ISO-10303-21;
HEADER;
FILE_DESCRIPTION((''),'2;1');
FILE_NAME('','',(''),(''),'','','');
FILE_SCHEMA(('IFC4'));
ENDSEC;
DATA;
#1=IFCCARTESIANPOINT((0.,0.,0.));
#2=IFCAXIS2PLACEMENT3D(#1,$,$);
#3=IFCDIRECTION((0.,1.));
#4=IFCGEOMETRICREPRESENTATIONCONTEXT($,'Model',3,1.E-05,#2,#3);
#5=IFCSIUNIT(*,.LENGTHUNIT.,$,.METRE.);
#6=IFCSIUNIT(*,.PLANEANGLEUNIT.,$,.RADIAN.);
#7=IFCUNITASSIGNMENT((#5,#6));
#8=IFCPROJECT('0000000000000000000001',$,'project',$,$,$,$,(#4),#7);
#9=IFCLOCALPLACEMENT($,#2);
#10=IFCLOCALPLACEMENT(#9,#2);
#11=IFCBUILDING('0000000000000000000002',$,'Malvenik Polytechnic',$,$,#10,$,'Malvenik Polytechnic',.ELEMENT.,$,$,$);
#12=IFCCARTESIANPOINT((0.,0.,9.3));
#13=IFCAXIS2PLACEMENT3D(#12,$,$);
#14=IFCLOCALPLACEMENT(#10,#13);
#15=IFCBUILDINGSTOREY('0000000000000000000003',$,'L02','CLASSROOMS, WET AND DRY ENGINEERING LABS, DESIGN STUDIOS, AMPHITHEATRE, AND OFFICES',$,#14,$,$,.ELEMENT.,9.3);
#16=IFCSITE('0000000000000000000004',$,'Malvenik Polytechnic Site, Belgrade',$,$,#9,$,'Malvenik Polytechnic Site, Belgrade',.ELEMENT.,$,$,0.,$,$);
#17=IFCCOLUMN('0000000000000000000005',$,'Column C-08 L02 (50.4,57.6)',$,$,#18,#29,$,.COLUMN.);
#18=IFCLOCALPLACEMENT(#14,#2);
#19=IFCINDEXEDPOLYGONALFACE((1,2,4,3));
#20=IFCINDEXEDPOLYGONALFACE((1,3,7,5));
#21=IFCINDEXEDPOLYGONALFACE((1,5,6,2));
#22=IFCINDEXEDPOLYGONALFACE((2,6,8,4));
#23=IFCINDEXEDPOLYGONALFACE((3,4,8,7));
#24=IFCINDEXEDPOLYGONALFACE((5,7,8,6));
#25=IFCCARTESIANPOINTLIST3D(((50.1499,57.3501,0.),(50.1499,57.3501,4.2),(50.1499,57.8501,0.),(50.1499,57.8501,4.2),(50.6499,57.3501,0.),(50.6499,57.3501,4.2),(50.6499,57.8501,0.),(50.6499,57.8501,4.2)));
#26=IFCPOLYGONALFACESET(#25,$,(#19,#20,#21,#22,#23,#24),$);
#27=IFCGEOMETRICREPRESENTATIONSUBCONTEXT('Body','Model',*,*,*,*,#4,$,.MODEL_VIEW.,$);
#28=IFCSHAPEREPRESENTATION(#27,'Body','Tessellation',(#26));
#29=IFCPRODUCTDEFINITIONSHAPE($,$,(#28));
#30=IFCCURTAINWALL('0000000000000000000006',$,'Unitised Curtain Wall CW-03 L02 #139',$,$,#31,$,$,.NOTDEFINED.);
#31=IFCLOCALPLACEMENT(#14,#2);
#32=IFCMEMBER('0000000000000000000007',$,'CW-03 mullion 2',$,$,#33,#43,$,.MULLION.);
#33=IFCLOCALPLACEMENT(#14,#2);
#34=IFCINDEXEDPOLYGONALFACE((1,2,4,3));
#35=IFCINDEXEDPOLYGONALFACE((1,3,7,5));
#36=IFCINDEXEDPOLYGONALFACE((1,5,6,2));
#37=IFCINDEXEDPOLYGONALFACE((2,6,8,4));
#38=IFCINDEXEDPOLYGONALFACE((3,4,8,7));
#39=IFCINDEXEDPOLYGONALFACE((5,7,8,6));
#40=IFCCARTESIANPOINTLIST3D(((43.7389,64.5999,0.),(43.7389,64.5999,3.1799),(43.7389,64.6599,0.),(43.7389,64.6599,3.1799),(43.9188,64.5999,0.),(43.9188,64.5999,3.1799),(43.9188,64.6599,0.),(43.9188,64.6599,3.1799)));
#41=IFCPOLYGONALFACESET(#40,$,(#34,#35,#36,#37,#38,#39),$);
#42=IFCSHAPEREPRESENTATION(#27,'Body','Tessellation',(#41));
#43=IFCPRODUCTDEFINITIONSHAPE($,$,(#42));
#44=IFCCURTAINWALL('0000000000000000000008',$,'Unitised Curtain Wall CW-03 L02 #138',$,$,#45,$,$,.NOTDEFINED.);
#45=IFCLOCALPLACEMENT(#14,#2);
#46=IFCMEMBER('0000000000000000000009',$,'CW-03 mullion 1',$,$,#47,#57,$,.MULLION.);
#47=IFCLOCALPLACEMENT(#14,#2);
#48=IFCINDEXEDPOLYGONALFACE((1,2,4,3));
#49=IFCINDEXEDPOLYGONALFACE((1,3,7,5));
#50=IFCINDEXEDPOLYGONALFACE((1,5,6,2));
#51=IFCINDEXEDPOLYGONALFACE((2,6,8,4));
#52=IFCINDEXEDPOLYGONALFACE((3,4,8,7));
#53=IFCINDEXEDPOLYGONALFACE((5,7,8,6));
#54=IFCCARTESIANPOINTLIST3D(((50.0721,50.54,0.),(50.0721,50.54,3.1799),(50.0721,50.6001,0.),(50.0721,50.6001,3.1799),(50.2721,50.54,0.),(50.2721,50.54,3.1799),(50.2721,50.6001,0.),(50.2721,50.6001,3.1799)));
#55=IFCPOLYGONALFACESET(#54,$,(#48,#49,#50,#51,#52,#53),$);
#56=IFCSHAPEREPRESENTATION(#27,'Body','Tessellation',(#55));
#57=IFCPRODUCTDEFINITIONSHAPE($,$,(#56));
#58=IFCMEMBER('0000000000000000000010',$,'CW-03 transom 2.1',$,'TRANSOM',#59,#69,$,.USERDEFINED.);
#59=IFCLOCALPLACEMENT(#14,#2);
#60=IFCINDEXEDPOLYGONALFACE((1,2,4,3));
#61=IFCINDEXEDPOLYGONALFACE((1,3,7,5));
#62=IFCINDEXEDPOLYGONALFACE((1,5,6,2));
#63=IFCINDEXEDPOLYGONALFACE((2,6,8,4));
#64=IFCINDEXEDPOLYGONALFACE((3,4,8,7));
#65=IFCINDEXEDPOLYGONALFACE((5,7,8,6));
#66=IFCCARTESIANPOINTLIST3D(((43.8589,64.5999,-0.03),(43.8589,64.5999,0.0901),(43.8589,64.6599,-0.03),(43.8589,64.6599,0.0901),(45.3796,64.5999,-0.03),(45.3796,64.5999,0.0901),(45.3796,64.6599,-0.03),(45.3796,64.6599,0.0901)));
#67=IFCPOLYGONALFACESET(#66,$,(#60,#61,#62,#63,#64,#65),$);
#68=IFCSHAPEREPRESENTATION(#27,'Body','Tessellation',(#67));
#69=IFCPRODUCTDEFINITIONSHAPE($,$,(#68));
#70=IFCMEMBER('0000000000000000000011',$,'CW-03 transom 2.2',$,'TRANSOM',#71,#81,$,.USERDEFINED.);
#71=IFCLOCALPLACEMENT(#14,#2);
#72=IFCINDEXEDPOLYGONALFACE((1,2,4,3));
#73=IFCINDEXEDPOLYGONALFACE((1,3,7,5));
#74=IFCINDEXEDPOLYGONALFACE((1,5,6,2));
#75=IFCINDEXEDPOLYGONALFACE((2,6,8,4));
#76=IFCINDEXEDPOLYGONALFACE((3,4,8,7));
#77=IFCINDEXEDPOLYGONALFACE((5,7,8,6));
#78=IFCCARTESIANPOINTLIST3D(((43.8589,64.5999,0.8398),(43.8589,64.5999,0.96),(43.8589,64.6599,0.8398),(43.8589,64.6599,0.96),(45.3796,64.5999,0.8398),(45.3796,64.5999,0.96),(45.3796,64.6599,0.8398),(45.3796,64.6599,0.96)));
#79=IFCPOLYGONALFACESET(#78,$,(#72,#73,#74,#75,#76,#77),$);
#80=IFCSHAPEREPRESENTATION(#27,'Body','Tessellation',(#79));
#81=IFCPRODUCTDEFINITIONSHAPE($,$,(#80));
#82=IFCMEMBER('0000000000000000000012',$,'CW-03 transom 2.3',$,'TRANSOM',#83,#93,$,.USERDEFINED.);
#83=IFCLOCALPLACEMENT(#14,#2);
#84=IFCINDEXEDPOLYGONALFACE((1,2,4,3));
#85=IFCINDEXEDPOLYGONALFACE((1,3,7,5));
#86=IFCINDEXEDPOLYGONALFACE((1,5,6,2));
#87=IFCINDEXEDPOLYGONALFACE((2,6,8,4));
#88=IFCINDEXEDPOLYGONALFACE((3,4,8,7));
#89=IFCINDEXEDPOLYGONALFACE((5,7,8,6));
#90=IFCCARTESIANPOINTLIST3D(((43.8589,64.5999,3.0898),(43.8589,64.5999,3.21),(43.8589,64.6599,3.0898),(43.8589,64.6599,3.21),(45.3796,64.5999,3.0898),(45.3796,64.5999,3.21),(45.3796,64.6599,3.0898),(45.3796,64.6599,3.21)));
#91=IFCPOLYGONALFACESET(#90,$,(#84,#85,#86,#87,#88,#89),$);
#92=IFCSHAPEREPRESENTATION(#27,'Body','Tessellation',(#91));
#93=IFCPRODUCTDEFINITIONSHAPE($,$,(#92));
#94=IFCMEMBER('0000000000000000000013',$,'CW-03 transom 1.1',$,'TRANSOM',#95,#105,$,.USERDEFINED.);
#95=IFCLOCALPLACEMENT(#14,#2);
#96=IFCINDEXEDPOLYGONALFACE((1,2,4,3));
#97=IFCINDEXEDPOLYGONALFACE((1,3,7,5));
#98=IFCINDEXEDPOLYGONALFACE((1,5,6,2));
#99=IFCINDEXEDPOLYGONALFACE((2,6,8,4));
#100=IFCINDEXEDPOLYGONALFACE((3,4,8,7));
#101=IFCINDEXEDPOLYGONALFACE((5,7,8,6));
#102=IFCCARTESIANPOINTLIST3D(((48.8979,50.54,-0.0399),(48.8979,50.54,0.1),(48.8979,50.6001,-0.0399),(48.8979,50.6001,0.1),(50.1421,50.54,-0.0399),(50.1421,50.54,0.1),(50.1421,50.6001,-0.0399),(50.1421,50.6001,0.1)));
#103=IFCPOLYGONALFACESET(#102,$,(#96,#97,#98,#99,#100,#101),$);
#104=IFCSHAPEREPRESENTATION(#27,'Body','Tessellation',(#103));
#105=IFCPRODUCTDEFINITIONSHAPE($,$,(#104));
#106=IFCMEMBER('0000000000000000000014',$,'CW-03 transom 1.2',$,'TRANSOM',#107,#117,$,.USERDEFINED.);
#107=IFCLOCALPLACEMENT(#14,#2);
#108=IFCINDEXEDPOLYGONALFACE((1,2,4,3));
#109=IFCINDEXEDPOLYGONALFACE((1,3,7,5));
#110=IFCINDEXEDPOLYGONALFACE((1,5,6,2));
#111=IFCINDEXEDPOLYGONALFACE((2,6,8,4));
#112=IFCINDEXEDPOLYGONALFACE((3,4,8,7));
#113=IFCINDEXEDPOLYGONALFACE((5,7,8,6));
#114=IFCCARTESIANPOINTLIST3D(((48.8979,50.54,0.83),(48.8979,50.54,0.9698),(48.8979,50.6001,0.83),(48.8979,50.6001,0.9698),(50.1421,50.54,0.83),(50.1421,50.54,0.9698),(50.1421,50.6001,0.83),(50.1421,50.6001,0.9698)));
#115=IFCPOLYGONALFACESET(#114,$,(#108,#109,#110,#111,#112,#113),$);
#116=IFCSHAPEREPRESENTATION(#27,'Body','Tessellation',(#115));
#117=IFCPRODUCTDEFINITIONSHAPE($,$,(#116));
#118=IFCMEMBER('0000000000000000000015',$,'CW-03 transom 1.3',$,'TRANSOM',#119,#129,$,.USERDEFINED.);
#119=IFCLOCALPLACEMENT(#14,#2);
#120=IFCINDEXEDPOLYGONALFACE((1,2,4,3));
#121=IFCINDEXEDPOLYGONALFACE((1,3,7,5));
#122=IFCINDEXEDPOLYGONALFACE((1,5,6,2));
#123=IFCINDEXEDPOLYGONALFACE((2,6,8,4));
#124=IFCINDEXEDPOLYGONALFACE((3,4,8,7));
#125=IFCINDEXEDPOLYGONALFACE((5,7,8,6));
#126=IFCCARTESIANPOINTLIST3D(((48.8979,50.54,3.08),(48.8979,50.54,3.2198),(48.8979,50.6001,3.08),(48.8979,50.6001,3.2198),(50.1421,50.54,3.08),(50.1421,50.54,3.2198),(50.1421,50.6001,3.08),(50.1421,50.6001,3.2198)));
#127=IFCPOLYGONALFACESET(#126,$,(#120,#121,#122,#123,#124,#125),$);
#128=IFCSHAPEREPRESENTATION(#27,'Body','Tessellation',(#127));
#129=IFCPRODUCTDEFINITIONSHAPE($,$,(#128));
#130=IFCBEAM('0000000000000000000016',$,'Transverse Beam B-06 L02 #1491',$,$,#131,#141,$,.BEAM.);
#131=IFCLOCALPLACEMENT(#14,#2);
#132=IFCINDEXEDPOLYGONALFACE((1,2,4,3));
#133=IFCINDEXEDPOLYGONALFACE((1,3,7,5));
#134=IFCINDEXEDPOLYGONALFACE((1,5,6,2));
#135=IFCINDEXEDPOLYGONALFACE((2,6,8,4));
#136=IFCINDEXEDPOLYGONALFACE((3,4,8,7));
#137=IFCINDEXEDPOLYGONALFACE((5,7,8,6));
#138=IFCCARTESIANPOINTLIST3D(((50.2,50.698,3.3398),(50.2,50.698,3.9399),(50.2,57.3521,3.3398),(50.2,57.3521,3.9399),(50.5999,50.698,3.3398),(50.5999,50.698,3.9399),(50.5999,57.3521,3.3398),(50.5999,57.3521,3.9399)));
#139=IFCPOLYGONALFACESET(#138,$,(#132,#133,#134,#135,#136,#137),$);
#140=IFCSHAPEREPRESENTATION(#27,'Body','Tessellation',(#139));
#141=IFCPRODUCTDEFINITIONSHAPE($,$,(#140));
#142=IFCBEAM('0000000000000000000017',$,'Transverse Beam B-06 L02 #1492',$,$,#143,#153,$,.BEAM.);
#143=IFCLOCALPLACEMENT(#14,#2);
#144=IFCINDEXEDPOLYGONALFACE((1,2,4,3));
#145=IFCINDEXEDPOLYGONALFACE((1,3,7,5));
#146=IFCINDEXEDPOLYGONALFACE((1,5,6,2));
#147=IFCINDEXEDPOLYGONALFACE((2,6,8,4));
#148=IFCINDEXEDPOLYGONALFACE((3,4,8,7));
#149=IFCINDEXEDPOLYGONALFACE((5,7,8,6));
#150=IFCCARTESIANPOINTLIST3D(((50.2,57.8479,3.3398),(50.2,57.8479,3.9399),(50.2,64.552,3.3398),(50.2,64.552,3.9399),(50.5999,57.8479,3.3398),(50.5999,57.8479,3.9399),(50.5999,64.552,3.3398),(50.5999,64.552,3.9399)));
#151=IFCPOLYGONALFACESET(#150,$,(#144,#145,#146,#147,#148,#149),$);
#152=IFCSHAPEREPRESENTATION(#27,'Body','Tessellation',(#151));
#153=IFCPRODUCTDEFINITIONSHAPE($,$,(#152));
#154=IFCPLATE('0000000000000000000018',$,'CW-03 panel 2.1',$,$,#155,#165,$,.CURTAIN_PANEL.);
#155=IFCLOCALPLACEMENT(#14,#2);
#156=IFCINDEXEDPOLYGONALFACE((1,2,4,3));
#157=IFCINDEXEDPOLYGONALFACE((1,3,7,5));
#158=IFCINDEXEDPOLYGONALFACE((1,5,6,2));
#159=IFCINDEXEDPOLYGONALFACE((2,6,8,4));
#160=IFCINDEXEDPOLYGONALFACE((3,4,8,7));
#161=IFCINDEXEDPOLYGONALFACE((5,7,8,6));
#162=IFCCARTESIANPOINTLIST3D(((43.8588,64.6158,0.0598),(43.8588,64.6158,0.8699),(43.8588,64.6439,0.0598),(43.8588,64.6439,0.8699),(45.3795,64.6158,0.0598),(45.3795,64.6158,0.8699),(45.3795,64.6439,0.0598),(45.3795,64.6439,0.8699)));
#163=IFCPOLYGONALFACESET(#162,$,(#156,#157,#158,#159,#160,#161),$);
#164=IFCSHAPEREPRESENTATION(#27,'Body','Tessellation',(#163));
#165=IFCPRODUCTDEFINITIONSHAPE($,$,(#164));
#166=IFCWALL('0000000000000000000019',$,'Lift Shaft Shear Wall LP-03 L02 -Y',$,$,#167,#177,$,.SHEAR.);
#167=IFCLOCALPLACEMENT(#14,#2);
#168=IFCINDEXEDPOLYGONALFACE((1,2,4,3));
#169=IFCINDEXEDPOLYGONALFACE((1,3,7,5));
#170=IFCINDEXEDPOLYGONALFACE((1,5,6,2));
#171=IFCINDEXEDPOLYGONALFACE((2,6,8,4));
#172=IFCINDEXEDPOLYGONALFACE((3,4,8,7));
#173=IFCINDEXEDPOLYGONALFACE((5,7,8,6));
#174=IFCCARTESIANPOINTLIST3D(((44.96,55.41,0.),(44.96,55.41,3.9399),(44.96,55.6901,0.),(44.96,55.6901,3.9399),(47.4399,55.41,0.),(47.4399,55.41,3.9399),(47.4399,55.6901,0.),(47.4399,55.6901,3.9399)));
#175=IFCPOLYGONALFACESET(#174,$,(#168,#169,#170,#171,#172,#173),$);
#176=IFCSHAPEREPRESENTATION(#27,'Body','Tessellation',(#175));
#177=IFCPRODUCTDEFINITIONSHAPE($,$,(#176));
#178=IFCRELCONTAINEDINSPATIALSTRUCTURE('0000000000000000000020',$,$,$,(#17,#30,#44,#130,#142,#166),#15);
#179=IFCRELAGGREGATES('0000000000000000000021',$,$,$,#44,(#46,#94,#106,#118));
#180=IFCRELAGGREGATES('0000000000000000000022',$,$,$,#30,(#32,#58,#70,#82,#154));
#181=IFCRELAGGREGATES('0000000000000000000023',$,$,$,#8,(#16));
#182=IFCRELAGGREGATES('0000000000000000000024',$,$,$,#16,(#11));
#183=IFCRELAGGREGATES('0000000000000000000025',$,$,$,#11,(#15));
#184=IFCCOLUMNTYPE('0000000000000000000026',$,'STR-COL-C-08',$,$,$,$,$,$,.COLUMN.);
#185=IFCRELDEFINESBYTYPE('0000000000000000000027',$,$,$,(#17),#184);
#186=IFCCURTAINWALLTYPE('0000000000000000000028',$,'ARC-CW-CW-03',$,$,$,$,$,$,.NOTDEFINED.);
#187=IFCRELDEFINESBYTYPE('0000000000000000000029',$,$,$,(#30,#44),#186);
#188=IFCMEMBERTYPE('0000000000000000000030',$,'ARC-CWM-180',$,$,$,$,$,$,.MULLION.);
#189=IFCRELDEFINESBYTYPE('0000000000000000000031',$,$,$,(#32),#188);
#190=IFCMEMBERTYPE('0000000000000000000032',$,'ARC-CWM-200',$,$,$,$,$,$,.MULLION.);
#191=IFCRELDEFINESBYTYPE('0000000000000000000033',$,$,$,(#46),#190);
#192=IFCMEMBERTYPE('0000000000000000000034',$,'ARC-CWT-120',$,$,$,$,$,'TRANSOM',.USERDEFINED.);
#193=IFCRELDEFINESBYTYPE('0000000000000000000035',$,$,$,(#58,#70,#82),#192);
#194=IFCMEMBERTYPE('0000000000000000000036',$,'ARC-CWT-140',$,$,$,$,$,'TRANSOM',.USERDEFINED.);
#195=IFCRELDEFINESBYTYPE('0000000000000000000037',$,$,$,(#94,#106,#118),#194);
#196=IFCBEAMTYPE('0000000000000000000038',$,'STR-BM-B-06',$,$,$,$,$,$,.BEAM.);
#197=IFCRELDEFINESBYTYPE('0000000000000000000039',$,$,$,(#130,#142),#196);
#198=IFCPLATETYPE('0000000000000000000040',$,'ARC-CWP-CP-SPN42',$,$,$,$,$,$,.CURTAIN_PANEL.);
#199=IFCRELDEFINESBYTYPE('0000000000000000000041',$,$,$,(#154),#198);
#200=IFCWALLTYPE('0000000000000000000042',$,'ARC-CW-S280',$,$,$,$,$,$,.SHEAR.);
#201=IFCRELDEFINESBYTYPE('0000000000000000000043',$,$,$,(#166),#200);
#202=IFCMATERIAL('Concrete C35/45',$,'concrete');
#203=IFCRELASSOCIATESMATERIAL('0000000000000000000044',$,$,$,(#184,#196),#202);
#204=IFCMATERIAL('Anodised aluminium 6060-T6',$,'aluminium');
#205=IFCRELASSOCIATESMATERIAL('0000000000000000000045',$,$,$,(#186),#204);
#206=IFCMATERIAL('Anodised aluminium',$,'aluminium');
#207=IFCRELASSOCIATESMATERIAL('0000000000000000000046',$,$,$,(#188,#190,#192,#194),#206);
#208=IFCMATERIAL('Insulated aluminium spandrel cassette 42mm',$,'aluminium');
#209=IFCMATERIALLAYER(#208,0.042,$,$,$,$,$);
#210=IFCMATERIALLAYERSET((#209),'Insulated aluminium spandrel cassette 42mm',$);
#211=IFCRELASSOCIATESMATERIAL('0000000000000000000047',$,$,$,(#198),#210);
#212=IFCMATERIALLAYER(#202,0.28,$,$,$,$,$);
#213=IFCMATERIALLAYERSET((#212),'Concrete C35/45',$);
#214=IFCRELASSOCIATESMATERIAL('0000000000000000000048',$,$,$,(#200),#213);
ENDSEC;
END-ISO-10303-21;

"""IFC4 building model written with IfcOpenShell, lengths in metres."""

from ifc_helpers import new_model, si_unit, direction, frame, frame_2d, origin, origin_2d, place, context, subcontext, project, spatial, rectangle, extrude, material, layer, layer_set, material_profile, profile_set, type_object, element, aggregate, save


model = new_model("IFC4")

# Units and contexts
model_context = context("Model", 3, precision=1e-05, world=origin(), true_north=direction((0.0, 1.0)))
body_context = subcontext(model_context, "Body", "Model", "MODEL_VIEW")
ifc_project = project(units=[si_unit("LENGTHUNIT", "METRE"), si_unit("PLANEANGLEUNIT", "RADIAN")], contexts=[model_context])

# Site, building, storey
site_placement = place(None, origin())
site = spatial("IfcSite", under=ifc_project, at=site_placement, Name="Malvenik Polytechnic Site, Belgrade", LongName="Malvenik Polytechnic Site, Belgrade", CompositionType="ELEMENT", RefElevation=0.0)
building_placement = place(site_placement, origin())
building = spatial("IfcBuilding", under=site, at=building_placement, Name="Malvenik Polytechnic", LongName="Malvenik Polytechnic", CompositionType="ELEMENT")
storey_placement = place(building_placement, frame((0.0, 0.0, 9.3)))
storey = spatial("IfcBuildingStorey", under=building, at=storey_placement, Name="L02", Description="CLASSROOMS, WET AND DRY ENGINEERING LABS, DESIGN STUDIOS, AMPHITHEATRE, AND OFFICES", CompositionType="ELEMENT", Elevation=9.3)

# Column
ifc_material_1 = material(Name="Concrete C35/45", Category="concrete")
ifc_material_profile_1 = material_profile(ifc_material_1, rectangle(XDim=0.5, YDim=0.5, at=origin_2d()), Name="RC COL 500x500")
ifc_profile_set_1 = profile_set([ifc_material_profile_1], Name="Concrete C35/45")
column_type = type_object("IfcColumnType", Name="STR-COL-C-08", PredefinedType="COLUMN", material=ifc_profile_set_1)
column_placement = place(storey_placement, frame((50.3999, 57.6001, 0.0), z_axis=(0.0, 0.0, 1.0), x_axis=(1.0, 0.0, 0.0)))
element("IfcColumn", 1, at=column_placement, inside=storey, type_object=column_type, Name="Column C-08 L02 (50.4,57.6)", PredefinedType="COLUMN", context=body_context, shape_type="SweptSolid", body=[
    extrude(rectangle(XDim=0.5, YDim=0.5, at=origin_2d()), origin(), (0.0, 0.0, 1.0), 4.2),
])

# Curtain walls, members
ifc_material_2 = material(Name="Anodised aluminium 6060-T6", Category="aluminium")
curtain_wall_type = type_object("IfcCurtainWallType", Name="ARC-CW-CW-03", PredefinedType="NOTDEFINED", material=ifc_material_2)
curtain_wall_1_placement = place(storey_placement, origin())
curtain_wall_1 = element("IfcCurtainWall", 2, at=curtain_wall_1_placement, inside=storey, type_object=curtain_wall_type, Name="Unitised Curtain Wall CW-03 L02 #139", PredefinedType="NOTDEFINED")
ifc_material_3 = material(Name="Anodised aluminium", Category="aluminium")
ifc_material_profile_2 = material_profile(ifc_material_3, rectangle(XDim=0.0601, YDim=0.1799, at=origin_2d()), Name="ALU MULLION 60x180")
ifc_profile_set_2 = profile_set([ifc_material_profile_2], Name="Anodised aluminium")
member_type_1 = type_object("IfcMemberType", Name="ARC-CWM-180", PredefinedType="MULLION", material=ifc_profile_set_2)
member_1_placement = place(storey_placement, frame((43.8289, 64.6299, 0.0), z_axis=(0.0, 0.0, 1.0), x_axis=(0.0, 1.0, 0.0)))
member_1 = element("IfcMember", 3, at=member_1_placement, type_object=member_type_1, Name="CW-03 mullion 2", PredefinedType="MULLION", context=body_context, shape_type="SweptSolid", body=[
    extrude(rectangle(XDim=0.0601, YDim=0.1799, at=origin_2d()), origin(), (0.0, 0.0, 1.0), 3.1799),
])
curtain_wall_2_placement = place(storey_placement, origin())
curtain_wall_2 = element("IfcCurtainWall", 4, at=curtain_wall_2_placement, inside=storey, type_object=curtain_wall_type, Name="Unitised Curtain Wall CW-03 L02 #138", PredefinedType="NOTDEFINED")
ifc_material_profile_3 = material_profile(ifc_material_3, rectangle(XDim=0.0601, YDim=0.2, at=origin_2d()), Name="ALU MULLION 60x200")
ifc_profile_set_3 = profile_set([ifc_material_profile_3], Name="Anodised aluminium")
member_type_2 = type_object("IfcMemberType", Name="ARC-CWM-200", PredefinedType="MULLION", material=ifc_profile_set_3)
member_2_placement = place(storey_placement, frame((50.1721, 50.5701, 0.0), z_axis=(0.0, 0.0, 1.0), x_axis=(0.0, -1.0, 0.0)))
member_2 = element("IfcMember", 5, at=member_2_placement, type_object=member_type_2, Name="CW-03 mullion 1", PredefinedType="MULLION", context=body_context, shape_type="SweptSolid", body=[
    extrude(rectangle(XDim=0.0601, YDim=0.2, at=origin_2d()), origin(), (0.0, 0.0, 1.0), 3.1799),
])

# Members
ifc_material_profile_4 = material_profile(ifc_material_3, rectangle(XDim=0.0601, YDim=0.1201, at=origin_2d()), Name="ALU TRANSOM 60x120")
ifc_profile_set_4 = profile_set([ifc_material_profile_4], Name="Anodised aluminium")
member_type_3 = type_object("IfcMemberType", Name="ARC-CWT-120", ElementType="TRANSOM", PredefinedType="USERDEFINED", material=ifc_profile_set_4)
member_3_placement = place(storey_placement, frame((43.8589, 64.6299, 0.03), z_axis=(1.0, 0.0, 0.0), x_axis=(0.0, 1.0, 0.0)))
member_3 = element("IfcMember", 6, at=member_3_placement, type_object=member_type_3, Name="CW-03 transom 2.1", ObjectType="TRANSOM", PredefinedType="USERDEFINED", context=body_context, shape_type="SweptSolid", body=[
    extrude(rectangle(XDim=0.0601, YDim=0.1201, at=origin_2d()), origin(), (0.0, 0.0, 1.0), 1.5208),
])
member_4_placement = place(storey_placement, frame((43.8589, 64.6299, 0.8999), z_axis=(1.0, 0.0, 0.0), x_axis=(0.0, 1.0, 0.0)))
member_4 = element("IfcMember", 7, at=member_4_placement, type_object=member_type_3, Name="CW-03 transom 2.2", ObjectType="TRANSOM", PredefinedType="USERDEFINED", context=body_context, shape_type="SweptSolid", body=[
    extrude(rectangle(XDim=0.0601, YDim=0.1201, at=origin_2d()), origin(), (0.0, 0.0, 1.0), 1.5208),
])
member_5_placement = place(storey_placement, frame((43.8589, 64.6299, 3.1499), z_axis=(1.0, 0.0, 0.0), x_axis=(0.0, 1.0, 0.0)))
member_5 = element("IfcMember", 8, at=member_5_placement, type_object=member_type_3, Name="CW-03 transom 2.3", ObjectType="TRANSOM", PredefinedType="USERDEFINED", context=body_context, shape_type="SweptSolid", body=[
    extrude(rectangle(XDim=0.0601, YDim=0.1201, at=origin_2d()), origin(), (0.0, 0.0, 1.0), 1.5208),
])
ifc_material_profile_5 = material_profile(ifc_material_3, rectangle(XDim=0.0601, YDim=0.1399, at=origin_2d()), Name="ALU TRANSOM 60x140")
ifc_profile_set_5 = profile_set([ifc_material_profile_5], Name="Anodised aluminium")
member_type_4 = type_object("IfcMemberType", Name="ARC-CWT-140", ElementType="TRANSOM", PredefinedType="USERDEFINED", material=ifc_profile_set_5)
member_6_placement = place(storey_placement, frame((50.1421, 50.5701, 0.03), z_axis=(-1.0, 0.0, 0.0), x_axis=(0.0, -1.0, 0.0)))
member_6 = element("IfcMember", 9, at=member_6_placement, type_object=member_type_4, Name="CW-03 transom 1.1", ObjectType="TRANSOM", PredefinedType="USERDEFINED", context=body_context, shape_type="SweptSolid", body=[
    extrude(rectangle(XDim=0.0601, YDim=0.1399, at=origin_2d()), origin(), (0.0, 0.0, 1.0), 1.2441),
])
member_7_placement = place(storey_placement, frame((50.1421, 50.5701, 0.8999), z_axis=(-1.0, 0.0, 0.0), x_axis=(0.0, -1.0, 0.0)))
member_7 = element("IfcMember", 10, at=member_7_placement, type_object=member_type_4, Name="CW-03 transom 1.2", ObjectType="TRANSOM", PredefinedType="USERDEFINED", context=body_context, shape_type="SweptSolid", body=[
    extrude(rectangle(XDim=0.0601, YDim=0.1399, at=origin_2d()), origin(), (0.0, 0.0, 1.0), 1.2441),
])
member_8_placement = place(storey_placement, frame((50.1421, 50.5701, 3.1499), z_axis=(-1.0, 0.0, 0.0), x_axis=(0.0, -1.0, 0.0)))
member_8 = element("IfcMember", 11, at=member_8_placement, type_object=member_type_4, Name="CW-03 transom 1.3", ObjectType="TRANSOM", PredefinedType="USERDEFINED", context=body_context, shape_type="SweptSolid", body=[
    extrude(rectangle(XDim=0.0601, YDim=0.1399, at=origin_2d()), origin(), (0.0, 0.0, 1.0), 1.2441),
])
aggregate(curtain_wall_2, [member_2, member_6, member_7, member_8])

# Beams
ifc_material_profile_6 = material_profile(ifc_material_1, rectangle(XDim=0.3999, YDim=0.6001, at=origin_2d()), Name="RC BM 400x600")
ifc_profile_set_6 = profile_set([ifc_material_profile_6], Name="Concrete C35/45")
beam_type = type_object("IfcBeamType", Name="STR-BM-B-06", PredefinedType="BEAM", material=ifc_profile_set_6)
beam_1_placement = place(storey_placement, frame((50.3999, 50.698, 3.6399), z_axis=(0.0, 1.0, 0.0), x_axis=(-1.0, 0.0, 0.0)))
element("IfcBeam", 12, at=beam_1_placement, inside=storey, type_object=beam_type, Name="Transverse Beam B-06 L02 #1491", PredefinedType="BEAM", context=body_context, shape_type="SweptSolid", body=[
    extrude(rectangle(XDim=0.3999, YDim=0.6001, at=origin_2d()), origin(), (0.0, 0.0, 1.0), 6.6541),
])
beam_2_placement = place(storey_placement, frame((50.3999, 57.8479, 3.6399), z_axis=(0.0, 1.0, 0.0), x_axis=(-1.0, 0.0, 0.0)))
element("IfcBeam", 13, at=beam_2_placement, inside=storey, type_object=beam_type, Name="Transverse Beam B-06 L02 #1492", PredefinedType="BEAM", context=body_context, shape_type="SweptSolid", body=[
    extrude(rectangle(XDim=0.3999, YDim=0.6001, at=origin_2d()), origin(), (0.0, 0.0, 1.0), 6.7041),
])

# Plate
ifc_material_4 = material(Name="Insulated aluminium spandrel cassette 42mm", Category="aluminium")
ifc_layer_1 = layer(ifc_material_4, 0.042)
ifc_layer_set_1 = layer_set([ifc_layer_1], Name="Insulated aluminium spandrel cassette 42mm")
plate_type = type_object("IfcPlateType", Name="ARC-CWP-CP-SPN42", PredefinedType="CURTAIN_PANEL", material=ifc_layer_set_1)
plate_placement = place(storey_placement, frame((44.6191, 64.6299, 0.0598), z_axis=(0.0, 0.0, 1.0), x_axis=(1.0, 0.0, 0.0)))
plate = element("IfcPlate", 14, at=plate_placement, type_object=plate_type, Name="CW-03 panel 2.1", PredefinedType="CURTAIN_PANEL", context=body_context, shape_type="SweptSolid", body=[
    extrude(rectangle(XDim=1.5208, YDim=0.0281, at=origin_2d()), origin(), (0.0, 0.0, 1.0), 0.8101),
])
aggregate(curtain_wall_1, [member_1, member_3, member_4, member_5, plate])

# Wall
ifc_layer_2 = layer(ifc_material_1, 0.28)
ifc_layer_set_2 = layer_set([ifc_layer_2], Name="Concrete C35/45")
wall_type_1 = type_object("IfcWallType", Name="ARC-CW-S280", PredefinedType="SHEAR", material=ifc_layer_set_2)
wall_1_placement = place(storey_placement, frame((47.4399, 55.55, 0.0), z_axis=(0.0, 0.0, 1.0), x_axis=(-1.0, 0.0, 0.0)))
element("IfcWall", 15, at=wall_1_placement, inside=storey, type_object=wall_type_1, Name="Lift Shaft Shear Wall LP-03 L02 -Y", PredefinedType="SHEAR", context=body_context, shape_type="SweptSolid", body=[
    extrude(rectangle(XDim=2.48, YDim=0.28, at=frame_2d((1.24, 0.0))), origin(), (0.0, 0.0, 1.0), 3.9399),
])

save(model, "model.ifc")
